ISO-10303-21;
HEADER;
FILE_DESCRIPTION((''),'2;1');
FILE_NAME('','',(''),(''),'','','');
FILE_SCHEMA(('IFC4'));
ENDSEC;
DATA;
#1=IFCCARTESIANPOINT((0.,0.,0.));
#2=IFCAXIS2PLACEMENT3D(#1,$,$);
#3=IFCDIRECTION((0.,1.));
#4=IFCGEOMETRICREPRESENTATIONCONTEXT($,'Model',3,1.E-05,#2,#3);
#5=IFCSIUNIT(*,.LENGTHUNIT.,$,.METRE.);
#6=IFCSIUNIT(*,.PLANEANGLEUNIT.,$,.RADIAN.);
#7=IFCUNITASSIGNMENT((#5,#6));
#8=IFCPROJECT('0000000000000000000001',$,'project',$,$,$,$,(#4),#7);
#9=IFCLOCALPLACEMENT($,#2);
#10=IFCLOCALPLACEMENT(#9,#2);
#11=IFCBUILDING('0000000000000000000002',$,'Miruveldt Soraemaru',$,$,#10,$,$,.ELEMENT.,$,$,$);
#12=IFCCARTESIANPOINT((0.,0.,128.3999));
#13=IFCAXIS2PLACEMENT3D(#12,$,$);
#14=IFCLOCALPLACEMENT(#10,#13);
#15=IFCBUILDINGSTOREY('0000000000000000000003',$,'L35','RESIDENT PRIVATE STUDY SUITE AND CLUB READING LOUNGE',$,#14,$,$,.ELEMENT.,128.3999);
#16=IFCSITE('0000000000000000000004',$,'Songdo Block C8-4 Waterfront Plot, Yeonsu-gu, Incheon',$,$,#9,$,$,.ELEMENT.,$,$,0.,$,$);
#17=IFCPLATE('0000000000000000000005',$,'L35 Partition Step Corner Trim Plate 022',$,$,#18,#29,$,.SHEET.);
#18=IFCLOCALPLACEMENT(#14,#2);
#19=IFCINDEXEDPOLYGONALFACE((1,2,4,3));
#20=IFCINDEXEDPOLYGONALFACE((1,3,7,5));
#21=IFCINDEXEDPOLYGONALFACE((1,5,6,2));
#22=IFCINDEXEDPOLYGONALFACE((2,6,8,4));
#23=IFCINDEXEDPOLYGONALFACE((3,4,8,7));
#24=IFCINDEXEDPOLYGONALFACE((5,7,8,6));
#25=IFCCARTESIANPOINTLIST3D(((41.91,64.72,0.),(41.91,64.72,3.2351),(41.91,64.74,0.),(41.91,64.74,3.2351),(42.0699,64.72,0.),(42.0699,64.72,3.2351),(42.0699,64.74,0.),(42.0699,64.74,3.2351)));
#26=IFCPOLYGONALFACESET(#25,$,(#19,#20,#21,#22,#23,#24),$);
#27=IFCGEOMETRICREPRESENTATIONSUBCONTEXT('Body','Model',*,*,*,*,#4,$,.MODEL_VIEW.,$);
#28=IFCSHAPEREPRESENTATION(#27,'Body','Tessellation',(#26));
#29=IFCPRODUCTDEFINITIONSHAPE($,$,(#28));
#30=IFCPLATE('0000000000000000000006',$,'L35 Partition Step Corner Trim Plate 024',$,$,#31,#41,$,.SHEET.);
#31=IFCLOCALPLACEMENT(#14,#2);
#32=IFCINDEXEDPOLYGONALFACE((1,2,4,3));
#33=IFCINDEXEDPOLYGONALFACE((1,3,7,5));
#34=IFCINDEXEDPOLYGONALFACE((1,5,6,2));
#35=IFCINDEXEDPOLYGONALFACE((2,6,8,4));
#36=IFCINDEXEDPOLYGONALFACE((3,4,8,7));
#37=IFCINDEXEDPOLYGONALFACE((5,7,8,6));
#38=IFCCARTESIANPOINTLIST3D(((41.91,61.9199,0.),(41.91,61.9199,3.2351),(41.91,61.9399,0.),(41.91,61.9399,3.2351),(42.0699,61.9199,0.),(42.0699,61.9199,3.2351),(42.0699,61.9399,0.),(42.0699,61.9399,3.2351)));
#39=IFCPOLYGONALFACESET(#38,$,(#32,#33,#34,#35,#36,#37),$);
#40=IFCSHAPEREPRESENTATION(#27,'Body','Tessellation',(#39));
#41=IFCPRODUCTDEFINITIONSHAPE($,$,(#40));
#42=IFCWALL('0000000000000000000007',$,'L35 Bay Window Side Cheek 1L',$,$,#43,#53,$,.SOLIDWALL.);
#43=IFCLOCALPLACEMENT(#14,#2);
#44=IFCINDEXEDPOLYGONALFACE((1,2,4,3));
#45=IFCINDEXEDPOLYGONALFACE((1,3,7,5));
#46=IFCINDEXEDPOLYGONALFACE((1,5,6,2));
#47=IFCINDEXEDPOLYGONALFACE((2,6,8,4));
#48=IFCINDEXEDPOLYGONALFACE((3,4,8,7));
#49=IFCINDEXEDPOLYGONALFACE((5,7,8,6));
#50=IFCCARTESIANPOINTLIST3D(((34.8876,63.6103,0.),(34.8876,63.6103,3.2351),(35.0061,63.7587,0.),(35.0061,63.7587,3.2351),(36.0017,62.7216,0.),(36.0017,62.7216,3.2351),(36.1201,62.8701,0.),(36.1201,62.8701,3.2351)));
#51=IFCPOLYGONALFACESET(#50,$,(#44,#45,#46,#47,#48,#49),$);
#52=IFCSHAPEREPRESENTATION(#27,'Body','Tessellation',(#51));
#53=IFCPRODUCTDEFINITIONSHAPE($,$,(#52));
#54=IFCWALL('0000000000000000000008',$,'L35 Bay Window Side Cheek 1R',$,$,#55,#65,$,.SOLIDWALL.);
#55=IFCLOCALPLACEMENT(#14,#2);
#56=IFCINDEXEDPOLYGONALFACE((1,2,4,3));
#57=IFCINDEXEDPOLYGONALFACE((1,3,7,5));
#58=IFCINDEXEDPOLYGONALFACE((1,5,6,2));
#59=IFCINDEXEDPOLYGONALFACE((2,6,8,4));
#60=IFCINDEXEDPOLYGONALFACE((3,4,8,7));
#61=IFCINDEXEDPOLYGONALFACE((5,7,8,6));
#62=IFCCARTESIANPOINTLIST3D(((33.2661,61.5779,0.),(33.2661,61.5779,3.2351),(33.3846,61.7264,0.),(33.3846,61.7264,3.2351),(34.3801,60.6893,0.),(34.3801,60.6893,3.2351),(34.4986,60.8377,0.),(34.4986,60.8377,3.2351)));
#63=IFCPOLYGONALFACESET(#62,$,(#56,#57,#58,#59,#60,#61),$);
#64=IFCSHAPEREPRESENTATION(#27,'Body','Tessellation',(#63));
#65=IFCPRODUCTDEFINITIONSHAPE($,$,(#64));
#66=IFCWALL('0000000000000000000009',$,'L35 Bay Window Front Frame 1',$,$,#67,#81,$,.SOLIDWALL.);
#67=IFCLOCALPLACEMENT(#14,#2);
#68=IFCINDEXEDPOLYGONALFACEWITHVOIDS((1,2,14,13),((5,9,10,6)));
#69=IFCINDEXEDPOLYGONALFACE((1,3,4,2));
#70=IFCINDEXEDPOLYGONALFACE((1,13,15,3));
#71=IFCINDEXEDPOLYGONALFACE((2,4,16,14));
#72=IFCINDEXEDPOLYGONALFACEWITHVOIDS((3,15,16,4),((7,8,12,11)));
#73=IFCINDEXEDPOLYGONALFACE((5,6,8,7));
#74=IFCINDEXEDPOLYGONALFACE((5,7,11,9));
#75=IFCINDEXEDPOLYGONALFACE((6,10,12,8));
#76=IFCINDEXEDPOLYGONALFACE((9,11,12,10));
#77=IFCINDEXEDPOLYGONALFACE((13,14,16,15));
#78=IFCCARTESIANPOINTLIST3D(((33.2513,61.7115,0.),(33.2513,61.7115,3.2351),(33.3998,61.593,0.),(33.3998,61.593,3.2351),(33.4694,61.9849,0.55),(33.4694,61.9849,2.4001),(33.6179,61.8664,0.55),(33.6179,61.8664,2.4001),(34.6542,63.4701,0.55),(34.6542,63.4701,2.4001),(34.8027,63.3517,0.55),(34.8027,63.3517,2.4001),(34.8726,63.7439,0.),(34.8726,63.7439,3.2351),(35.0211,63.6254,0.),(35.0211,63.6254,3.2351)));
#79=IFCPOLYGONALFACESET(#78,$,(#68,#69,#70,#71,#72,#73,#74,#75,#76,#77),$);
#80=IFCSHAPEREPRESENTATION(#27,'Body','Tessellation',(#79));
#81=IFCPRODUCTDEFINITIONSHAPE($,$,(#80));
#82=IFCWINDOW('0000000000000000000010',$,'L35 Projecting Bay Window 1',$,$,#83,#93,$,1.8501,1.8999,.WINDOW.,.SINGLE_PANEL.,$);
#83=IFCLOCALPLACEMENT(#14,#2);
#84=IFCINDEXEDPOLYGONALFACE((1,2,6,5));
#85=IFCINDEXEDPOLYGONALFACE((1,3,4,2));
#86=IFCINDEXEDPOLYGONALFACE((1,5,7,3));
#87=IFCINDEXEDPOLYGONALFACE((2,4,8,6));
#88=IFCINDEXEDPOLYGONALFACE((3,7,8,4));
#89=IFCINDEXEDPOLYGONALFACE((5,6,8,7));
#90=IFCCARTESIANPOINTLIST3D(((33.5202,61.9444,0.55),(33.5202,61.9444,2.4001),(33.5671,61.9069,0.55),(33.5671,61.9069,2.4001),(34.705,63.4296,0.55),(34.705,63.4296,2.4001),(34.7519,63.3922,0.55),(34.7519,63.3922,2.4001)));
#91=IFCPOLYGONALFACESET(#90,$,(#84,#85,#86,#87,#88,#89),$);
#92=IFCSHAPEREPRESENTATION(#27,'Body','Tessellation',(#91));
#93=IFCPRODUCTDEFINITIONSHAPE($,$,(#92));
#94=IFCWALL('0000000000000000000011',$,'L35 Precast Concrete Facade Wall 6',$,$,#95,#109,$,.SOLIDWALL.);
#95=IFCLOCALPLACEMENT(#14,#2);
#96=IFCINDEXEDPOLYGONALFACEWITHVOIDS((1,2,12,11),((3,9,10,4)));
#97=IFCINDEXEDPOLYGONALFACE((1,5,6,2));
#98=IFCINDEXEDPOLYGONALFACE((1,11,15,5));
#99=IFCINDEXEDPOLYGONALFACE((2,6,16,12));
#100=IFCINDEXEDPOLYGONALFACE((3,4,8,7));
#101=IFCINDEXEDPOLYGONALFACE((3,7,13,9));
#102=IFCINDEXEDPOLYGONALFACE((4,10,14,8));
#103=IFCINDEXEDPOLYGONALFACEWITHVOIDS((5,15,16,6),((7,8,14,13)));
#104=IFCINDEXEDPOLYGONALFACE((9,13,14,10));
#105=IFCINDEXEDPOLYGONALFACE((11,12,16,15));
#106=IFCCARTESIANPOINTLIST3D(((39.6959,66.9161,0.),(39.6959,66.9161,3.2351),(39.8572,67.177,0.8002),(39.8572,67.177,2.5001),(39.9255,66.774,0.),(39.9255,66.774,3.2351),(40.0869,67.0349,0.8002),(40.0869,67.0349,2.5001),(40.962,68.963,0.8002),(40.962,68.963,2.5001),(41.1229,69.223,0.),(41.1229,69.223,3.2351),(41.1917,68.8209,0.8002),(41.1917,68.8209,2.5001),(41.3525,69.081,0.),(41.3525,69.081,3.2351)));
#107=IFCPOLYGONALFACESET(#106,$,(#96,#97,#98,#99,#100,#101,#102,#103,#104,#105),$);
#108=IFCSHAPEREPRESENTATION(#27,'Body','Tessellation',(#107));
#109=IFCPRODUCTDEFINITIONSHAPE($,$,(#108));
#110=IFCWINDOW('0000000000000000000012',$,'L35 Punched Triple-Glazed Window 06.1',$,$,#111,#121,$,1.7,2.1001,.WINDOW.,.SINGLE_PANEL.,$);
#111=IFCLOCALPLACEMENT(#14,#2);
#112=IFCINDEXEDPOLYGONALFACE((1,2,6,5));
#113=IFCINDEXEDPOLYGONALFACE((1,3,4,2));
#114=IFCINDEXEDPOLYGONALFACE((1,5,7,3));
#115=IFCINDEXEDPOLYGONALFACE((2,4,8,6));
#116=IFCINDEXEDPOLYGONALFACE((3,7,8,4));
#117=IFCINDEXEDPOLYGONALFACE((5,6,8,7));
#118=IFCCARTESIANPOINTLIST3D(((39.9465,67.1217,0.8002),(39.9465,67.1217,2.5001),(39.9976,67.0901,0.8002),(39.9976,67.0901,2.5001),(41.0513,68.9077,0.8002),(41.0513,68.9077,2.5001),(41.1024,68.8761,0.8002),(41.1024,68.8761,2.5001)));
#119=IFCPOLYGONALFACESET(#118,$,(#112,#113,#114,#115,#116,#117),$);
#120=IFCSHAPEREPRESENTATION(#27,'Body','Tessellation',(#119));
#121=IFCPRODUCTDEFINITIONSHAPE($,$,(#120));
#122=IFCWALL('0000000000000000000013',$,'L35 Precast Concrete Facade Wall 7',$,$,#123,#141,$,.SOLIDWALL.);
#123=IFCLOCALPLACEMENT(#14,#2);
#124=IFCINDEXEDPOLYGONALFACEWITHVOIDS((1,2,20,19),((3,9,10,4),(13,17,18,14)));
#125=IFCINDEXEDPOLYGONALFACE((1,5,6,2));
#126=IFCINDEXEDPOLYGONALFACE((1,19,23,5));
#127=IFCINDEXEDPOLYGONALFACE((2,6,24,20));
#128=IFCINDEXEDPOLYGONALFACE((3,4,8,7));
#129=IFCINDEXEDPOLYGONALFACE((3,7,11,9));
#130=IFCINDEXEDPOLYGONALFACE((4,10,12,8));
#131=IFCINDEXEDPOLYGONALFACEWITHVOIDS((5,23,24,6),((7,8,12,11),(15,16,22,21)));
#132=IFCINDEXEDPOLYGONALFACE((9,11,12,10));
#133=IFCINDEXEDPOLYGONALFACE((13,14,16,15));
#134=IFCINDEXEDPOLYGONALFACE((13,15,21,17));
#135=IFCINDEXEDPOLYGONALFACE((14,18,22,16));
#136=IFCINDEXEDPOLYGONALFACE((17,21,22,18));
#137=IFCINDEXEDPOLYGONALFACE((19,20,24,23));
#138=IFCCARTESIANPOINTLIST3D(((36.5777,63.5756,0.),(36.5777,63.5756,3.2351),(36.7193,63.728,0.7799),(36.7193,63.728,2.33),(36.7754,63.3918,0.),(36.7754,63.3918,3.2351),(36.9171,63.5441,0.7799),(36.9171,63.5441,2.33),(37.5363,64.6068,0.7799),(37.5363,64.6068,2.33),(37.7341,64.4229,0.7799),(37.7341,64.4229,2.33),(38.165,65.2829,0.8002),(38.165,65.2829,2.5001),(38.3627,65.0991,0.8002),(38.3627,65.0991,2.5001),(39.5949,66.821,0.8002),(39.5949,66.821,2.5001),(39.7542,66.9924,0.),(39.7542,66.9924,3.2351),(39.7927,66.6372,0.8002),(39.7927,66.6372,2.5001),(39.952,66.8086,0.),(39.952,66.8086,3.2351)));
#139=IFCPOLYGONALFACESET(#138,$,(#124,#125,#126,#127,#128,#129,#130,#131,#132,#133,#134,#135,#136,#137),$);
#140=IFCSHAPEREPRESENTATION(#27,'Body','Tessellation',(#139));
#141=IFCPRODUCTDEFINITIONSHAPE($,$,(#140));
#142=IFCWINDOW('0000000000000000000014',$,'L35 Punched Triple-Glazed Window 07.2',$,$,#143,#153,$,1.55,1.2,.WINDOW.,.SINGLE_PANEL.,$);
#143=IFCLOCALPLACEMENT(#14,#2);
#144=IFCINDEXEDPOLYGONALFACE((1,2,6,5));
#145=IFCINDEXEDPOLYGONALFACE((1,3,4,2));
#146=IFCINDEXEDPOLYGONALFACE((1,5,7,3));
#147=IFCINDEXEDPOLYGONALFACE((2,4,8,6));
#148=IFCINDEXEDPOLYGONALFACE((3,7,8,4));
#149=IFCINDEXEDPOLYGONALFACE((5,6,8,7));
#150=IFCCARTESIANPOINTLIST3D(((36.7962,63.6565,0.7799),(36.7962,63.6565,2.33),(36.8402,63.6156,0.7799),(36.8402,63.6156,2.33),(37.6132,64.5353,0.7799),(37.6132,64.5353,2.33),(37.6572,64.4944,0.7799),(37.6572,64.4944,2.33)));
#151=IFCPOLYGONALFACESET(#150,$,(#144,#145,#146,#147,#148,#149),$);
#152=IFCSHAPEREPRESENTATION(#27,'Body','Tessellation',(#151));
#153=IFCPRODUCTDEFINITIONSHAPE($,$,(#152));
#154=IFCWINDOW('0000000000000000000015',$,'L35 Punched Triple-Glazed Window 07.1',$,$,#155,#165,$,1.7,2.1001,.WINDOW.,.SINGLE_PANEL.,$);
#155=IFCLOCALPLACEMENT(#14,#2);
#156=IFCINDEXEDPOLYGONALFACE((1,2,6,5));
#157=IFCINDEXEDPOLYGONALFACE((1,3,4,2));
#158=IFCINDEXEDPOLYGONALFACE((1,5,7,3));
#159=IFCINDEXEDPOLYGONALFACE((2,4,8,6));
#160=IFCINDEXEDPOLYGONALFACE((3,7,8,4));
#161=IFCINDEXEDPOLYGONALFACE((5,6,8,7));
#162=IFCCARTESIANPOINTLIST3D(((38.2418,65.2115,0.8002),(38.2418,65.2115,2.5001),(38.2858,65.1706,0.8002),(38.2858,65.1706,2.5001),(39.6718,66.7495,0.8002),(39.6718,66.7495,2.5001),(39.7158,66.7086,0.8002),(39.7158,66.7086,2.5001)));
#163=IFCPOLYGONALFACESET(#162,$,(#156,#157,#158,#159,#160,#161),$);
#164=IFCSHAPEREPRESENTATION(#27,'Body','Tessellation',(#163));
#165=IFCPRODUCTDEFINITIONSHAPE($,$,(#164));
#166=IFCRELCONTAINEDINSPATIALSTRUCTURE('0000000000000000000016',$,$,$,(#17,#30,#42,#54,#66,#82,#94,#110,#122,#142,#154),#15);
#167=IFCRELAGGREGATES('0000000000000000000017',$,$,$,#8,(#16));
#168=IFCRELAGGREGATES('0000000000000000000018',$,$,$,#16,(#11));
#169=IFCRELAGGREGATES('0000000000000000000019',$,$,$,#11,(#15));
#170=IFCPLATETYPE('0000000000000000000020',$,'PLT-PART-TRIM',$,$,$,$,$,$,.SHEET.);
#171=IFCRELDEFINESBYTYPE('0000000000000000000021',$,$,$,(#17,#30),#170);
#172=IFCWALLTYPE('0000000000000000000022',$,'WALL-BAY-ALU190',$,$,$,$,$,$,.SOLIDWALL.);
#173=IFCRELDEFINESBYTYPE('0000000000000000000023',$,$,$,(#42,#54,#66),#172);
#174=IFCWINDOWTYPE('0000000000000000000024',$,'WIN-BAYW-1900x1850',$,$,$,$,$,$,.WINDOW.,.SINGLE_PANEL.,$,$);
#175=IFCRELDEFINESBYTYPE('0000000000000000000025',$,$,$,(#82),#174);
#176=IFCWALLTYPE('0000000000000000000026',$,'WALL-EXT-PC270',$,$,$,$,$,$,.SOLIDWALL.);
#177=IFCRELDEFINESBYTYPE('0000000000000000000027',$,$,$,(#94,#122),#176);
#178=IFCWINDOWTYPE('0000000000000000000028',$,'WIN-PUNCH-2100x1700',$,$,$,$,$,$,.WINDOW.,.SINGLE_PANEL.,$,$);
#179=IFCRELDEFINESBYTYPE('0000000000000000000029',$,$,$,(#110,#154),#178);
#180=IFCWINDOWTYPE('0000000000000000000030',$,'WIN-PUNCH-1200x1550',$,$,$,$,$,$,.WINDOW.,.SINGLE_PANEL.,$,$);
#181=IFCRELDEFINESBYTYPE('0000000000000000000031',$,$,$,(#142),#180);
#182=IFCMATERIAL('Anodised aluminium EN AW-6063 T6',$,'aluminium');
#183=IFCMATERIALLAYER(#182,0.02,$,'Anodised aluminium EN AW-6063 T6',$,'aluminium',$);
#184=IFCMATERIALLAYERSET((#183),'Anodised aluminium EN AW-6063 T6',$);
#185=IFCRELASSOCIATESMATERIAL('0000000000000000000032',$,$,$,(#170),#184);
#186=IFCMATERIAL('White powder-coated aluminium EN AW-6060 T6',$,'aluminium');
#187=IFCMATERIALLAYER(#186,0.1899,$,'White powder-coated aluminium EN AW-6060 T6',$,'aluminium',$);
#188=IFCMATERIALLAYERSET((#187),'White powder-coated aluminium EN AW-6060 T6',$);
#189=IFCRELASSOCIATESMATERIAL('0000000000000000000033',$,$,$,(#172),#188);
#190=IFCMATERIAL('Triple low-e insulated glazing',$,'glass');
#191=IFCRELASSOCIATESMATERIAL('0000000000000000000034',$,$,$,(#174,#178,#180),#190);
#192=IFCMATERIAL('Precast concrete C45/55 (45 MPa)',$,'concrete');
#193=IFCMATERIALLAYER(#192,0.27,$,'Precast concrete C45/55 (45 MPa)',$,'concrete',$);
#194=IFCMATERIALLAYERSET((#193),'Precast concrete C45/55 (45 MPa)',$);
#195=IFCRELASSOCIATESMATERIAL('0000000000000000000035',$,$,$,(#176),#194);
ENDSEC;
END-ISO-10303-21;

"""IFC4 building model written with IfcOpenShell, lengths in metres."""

from ifc_helpers import new_model, si_unit, direction, frame, frame_2d, origin, origin_2d, place, context, subcontext, project, spatial, rectangle, extrude, material, layer, layer_set, type_object, element, fill, save


model = new_model("IFC4")

# Units and contexts
model_context = context("Model", 3, precision=1e-05, world=origin(), true_north=direction((0.0, 1.0)))
body_context = subcontext(model_context, "Body", "Model", "MODEL_VIEW")
ifc_project = project(units=[si_unit("LENGTHUNIT", "METRE"), si_unit("PLANEANGLEUNIT", "RADIAN")], contexts=[model_context])

# Site, building, storey
site_placement = place(None, origin())
site = spatial("IfcSite", under=ifc_project, at=site_placement, Name="Songdo Block C8-4 Waterfront Plot, Yeonsu-gu, Incheon", CompositionType="ELEMENT", RefElevation=0.0)
building_placement = place(site_placement, origin())
building = spatial("IfcBuilding", under=site, at=building_placement, Name="Miruveldt Soraemaru", CompositionType="ELEMENT")
storey_placement = place(building_placement, frame((0.0, 0.0, 128.3999)))
storey = spatial("IfcBuildingStorey", under=building, at=storey_placement, Name="L35", Description="RESIDENT PRIVATE STUDY SUITE AND CLUB READING LOUNGE", CompositionType="ELEMENT", Elevation=128.3999)

# Plates
ifc_material_1 = material(Name="Anodised aluminium EN AW-6063 T6", Category="aluminium")
ifc_layer_1 = layer(ifc_material_1, 0.02, Name="Anodised aluminium EN AW-6063 T6", Category="aluminium")
ifc_layer_set_1 = layer_set([ifc_layer_1], Name="Anodised aluminium EN AW-6063 T6")
plate_type = type_object("IfcPlateType", Name="PLT-PART-TRIM", PredefinedType="SHEET", material=ifc_layer_set_1)
for number, where, z_axis, x_axis, name in (
    (1, (41.99, 64.73, 0.0), (0.0, 0.0, 1.0), (-1.0, 0.0, 0.0), "L35 Partition Step Corner Trim Plate 022"),
    (2, (41.99, 61.9299, 0.0), (0.0, 0.0, 1.0), (1.0, 0.0, 0.0), "L35 Partition Step Corner Trim Plate 024"),
):
    element("IfcPlate", number, at=place(storey_placement, frame(where, z_axis=z_axis, x_axis=x_axis)), inside=storey, type_object=plate_type, Name=name, PredefinedType="SHEET", context=body_context, shape_type="SweptSolid", body=[
        extrude(rectangle(XDim=0.1599, YDim=0.02, at=origin_2d()), origin(), (0.0, 0.0, 1.0), 3.2351),
    ])

# Walls
ifc_material_2 = material(Name="White powder-coated aluminium EN AW-6060 T6", Category="aluminium")
ifc_layer_2 = layer(ifc_material_2, 0.1899, Name="White powder-coated aluminium EN AW-6060 T6", Category="aluminium")
ifc_layer_set_2 = layer_set([ifc_layer_2], Name="White powder-coated aluminium EN AW-6060 T6")
wall_type_1 = type_object("IfcWallType", Name="WALL-BAY-ALU190", PredefinedType="SOLIDWALL", material=ifc_layer_set_2)
for number, where, z_axis, x_axis, name in (
    (3, (36.0608, 62.7959, 0.0), (0.0, 0.0, 1.0), (-0.781737, 0.623608, 0.0), "L35 Bay Window Side Cheek 1L"),
    (4, (33.3254, 61.6521, 0.0), (0.0, 0.0, 1.0), (0.781737, -0.623608, 0.0), "L35 Bay Window Side Cheek 1R"),
):
    element("IfcWall", number, at=place(storey_placement, frame(where, z_axis=z_axis, x_axis=x_axis)), inside=storey, type_object=wall_type_1, Name=name, PredefinedType="SOLIDWALL", context=body_context, shape_type="SweptSolid", body=[
        extrude(rectangle(XDim=1.425, YDim=0.1899, at=frame_2d((0.7124, 0.0))), origin(), (0.0, 0.0, 1.0), 3.2351),
    ])

# Walls, openings, windows
wall_1_placement = place(storey_placement, frame((34.9468, 63.6846, 0.0), z_axis=(0.0, 0.0, 1.0), x_axis=(-0.623607, -0.781738, 0.0)))
wall_1 = element("IfcWall", 5, at=wall_1_placement, inside=storey, type_object=wall_type_1, Name="L35 Bay Window Front Frame 1", PredefinedType="SOLIDWALL", context=body_context, shape_type="SweptSolid", body=[
    extrude(rectangle(XDim=2.5999, YDim=0.1899, at=frame_2d((1.2998, 0.0))), origin(), (0.0, 0.0, 1.0), 3.2351),
])
opening_1_placement = place(wall_1_placement, frame((0.3501, 0.0, 0.55)))
opening_1 = element("IfcOpeningElement", 6, at=opening_1_placement, cuts=wall_1, PredefinedType="OPENING", context=body_context, shape_type="SweptSolid", body=[
    extrude(rectangle(XDim=1.8999, YDim=1.8501, at=frame_2d((0.95, 0.925))), frame((0.0, 0.105, 0.0), z_axis=(0.0, -1.0, 0.0), x_axis=(1.0, 0.0, 0.0)), (0.0, 0.0, 1.0), 0.21),
])
ifc_material_3 = material(Name="Triple low-e insulated glazing", Category="glass")
window_type_1 = type_object("IfcWindowType", Name="WIN-BAYW-1900x1850", PartitioningType="SINGLE_PANEL", PredefinedType="WINDOW", material=ifc_material_3)
window_1_placement = place(opening_1_placement, origin())
window_1 = element("IfcWindow", 7, at=window_1_placement, inside=storey, type_object=window_type_1, Name="L35 Projecting Bay Window 1", OverallHeight=1.8501, OverallWidth=1.8999, PartitioningType="SINGLE_PANEL", PredefinedType="WINDOW", context=body_context, shape_type="SweptSolid", body=[
    extrude(rectangle(XDim=1.8999, YDim=1.8501, at=frame_2d((0.95, 0.925))), frame((0.0, 0.03, 0.0), z_axis=(0.0, -1.0, 0.0), x_axis=(1.0, 0.0, 0.0)), (0.0, 0.0, 1.0), 0.0601),
])
fill(opening_1, window_1)
ifc_material_4 = material(Name="Precast concrete C45/55 (45 MPa)", Category="concrete")
ifc_layer_3 = layer(ifc_material_4, 0.27, Name="Precast concrete C45/55 (45 MPa)", Category="concrete")
ifc_layer_set_3 = layer_set([ifc_layer_3], Name="Precast concrete C45/55 (45 MPa)")
wall_type_2 = type_object("IfcWallType", Name="WALL-EXT-PC270", PredefinedType="SOLIDWALL", material=ifc_layer_set_3)
wall_2_placement = place(storey_placement, frame((41.2378, 69.1521, 0.0), z_axis=(0.0, 0.0, 1.0), x_axis=(-0.52607, -0.850442, 0.0)))
wall_2 = element("IfcWall", 8, at=wall_2_placement, inside=storey, type_object=wall_type_2, Name="L35 Precast Concrete Facade Wall 6", PredefinedType="SOLIDWALL", context=body_context, shape_type="SweptSolid", body=[
    extrude(rectangle(XDim=2.7126, YDim=0.27, at=frame_2d((1.3564, 0.0))), origin(), (0.0, 0.0, 1.0), 3.2351),
])
opening_2_placement = place(wall_2_placement, frame((0.3059, 0.0, 0.8)))
opening_2 = element("IfcOpeningElement", 9, at=opening_2_placement, cuts=wall_2, PredefinedType="OPENING", context=body_context, shape_type="SweptSolid", body=[
    extrude(rectangle(XDim=2.1001, YDim=1.7, at=frame_2d((1.05, 0.8501))), frame((0.0, 0.145, 0.0), z_axis=(0.0, -1.0, 0.0), x_axis=(1.0, 0.0, 0.0)), (0.0, 0.0, 1.0), 0.29),
])
window_type_2 = type_object("IfcWindowType", Name="WIN-PUNCH-2100x1700", PartitioningType="SINGLE_PANEL", PredefinedType="WINDOW", material=ifc_material_3)
window_2_placement = place(opening_2_placement, origin())
window_2 = element("IfcWindow", 10, at=window_2_placement, inside=storey, type_object=window_type_2, Name="L35 Punched Triple-Glazed Window 06.1", OverallHeight=1.7, OverallWidth=2.1001, PartitioningType="SINGLE_PANEL", PredefinedType="WINDOW", context=body_context, shape_type="SweptSolid", body=[
    extrude(rectangle(XDim=2.1001, YDim=1.7, at=frame_2d((1.05, 0.8501))), frame((0.0, 0.03, 0.0), z_axis=(0.0, -1.0, 0.0), x_axis=(1.0, 0.0, 0.0)), (0.0, 0.0, 1.0), 0.0601),
])
fill(opening_2, window_2)

# Wall, openings, windows
wall_3_placement = place(storey_placement, frame((39.853, 66.9004, 0.0), z_axis=(0.0, 0.0, 1.0), x_axis=(-0.680891, -0.732385, 0.0)))
wall_3 = element("IfcWall", 11, at=wall_3_placement, inside=storey, type_object=wall_type_2, Name="L35 Precast Concrete Facade Wall 7", PredefinedType="SOLIDWALL", context=body_context, shape_type="SweptSolid", body=[
    extrude(rectangle(XDim=4.6653, YDim=0.27, at=frame_2d((2.3325, 0.0))), origin(), (0.0, 0.0, 1.0), 3.2351),
])
opening_3_placement = place(wall_3_placement, frame((0.2339, 0.0, 0.8)))
opening_3 = element("IfcOpeningElement", 12, at=opening_3_placement, cuts=wall_3, PredefinedType="OPENING", context=body_context, shape_type="SweptSolid", body=[
    extrude(rectangle(XDim=2.1001, YDim=1.7, at=frame_2d((1.05, 0.8501))), frame((0.0, 0.145, 0.0), z_axis=(0.0, -1.0, 0.0), x_axis=(1.0, 0.0, 0.0)), (0.0, 0.0, 1.0), 0.29),
])
opening_4_placement = place(wall_3_placement, frame((3.2571, 0.0, 0.78)))
opening_4 = element("IfcOpeningElement", 13, at=opening_4_placement, cuts=wall_3, PredefinedType="OPENING", context=body_context, shape_type="SweptSolid", body=[
    extrude(rectangle(XDim=1.2, YDim=1.55, at=frame_2d((0.6001, 0.7749))), frame((0.0, 0.145, 0.0), z_axis=(0.0, -1.0, 0.0), x_axis=(1.0, 0.0, 0.0)), (0.0, 0.0, 1.0), 0.29),
])
window_type_3 = type_object("IfcWindowType", Name="WIN-PUNCH-1200x1550", PartitioningType="SINGLE_PANEL", PredefinedType="WINDOW", material=ifc_material_3)
window_3_placement = place(opening_4_placement, origin())
window_3 = element("IfcWindow", 14, at=window_3_placement, inside=storey, type_object=window_type_3, Name="L35 Punched Triple-Glazed Window 07.2", OverallHeight=1.55, OverallWidth=1.2, PartitioningType="SINGLE_PANEL", PredefinedType="WINDOW", context=body_context, shape_type="SweptSolid", body=[
    extrude(rectangle(XDim=1.2, YDim=1.55, at=frame_2d((0.6001, 0.7749))), frame((0.0, 0.03, 0.0), z_axis=(0.0, -1.0, 0.0), x_axis=(1.0, 0.0, 0.0)), (0.0, 0.0, 1.0), 0.0601),
])
fill(opening_4, window_3)
window_4_placement = place(opening_3_placement, origin())
window_4 = element("IfcWindow", 15, at=window_4_placement, inside=storey, type_object=window_type_2, Name="L35 Punched Triple-Glazed Window 07.1", OverallHeight=1.7, OverallWidth=2.1001, PartitioningType="SINGLE_PANEL", PredefinedType="WINDOW", context=body_context, shape_type="SweptSolid", body=[
    extrude(rectangle(XDim=2.1001, YDim=1.7, at=frame_2d((1.05, 0.8501))), frame((0.0, 0.03, 0.0), z_axis=(0.0, -1.0, 0.0), x_axis=(1.0, 0.0, 0.0)), (0.0, 0.0, 1.0), 0.0601),
])
fill(opening_3, window_4)

save(model, "model.ifc")
